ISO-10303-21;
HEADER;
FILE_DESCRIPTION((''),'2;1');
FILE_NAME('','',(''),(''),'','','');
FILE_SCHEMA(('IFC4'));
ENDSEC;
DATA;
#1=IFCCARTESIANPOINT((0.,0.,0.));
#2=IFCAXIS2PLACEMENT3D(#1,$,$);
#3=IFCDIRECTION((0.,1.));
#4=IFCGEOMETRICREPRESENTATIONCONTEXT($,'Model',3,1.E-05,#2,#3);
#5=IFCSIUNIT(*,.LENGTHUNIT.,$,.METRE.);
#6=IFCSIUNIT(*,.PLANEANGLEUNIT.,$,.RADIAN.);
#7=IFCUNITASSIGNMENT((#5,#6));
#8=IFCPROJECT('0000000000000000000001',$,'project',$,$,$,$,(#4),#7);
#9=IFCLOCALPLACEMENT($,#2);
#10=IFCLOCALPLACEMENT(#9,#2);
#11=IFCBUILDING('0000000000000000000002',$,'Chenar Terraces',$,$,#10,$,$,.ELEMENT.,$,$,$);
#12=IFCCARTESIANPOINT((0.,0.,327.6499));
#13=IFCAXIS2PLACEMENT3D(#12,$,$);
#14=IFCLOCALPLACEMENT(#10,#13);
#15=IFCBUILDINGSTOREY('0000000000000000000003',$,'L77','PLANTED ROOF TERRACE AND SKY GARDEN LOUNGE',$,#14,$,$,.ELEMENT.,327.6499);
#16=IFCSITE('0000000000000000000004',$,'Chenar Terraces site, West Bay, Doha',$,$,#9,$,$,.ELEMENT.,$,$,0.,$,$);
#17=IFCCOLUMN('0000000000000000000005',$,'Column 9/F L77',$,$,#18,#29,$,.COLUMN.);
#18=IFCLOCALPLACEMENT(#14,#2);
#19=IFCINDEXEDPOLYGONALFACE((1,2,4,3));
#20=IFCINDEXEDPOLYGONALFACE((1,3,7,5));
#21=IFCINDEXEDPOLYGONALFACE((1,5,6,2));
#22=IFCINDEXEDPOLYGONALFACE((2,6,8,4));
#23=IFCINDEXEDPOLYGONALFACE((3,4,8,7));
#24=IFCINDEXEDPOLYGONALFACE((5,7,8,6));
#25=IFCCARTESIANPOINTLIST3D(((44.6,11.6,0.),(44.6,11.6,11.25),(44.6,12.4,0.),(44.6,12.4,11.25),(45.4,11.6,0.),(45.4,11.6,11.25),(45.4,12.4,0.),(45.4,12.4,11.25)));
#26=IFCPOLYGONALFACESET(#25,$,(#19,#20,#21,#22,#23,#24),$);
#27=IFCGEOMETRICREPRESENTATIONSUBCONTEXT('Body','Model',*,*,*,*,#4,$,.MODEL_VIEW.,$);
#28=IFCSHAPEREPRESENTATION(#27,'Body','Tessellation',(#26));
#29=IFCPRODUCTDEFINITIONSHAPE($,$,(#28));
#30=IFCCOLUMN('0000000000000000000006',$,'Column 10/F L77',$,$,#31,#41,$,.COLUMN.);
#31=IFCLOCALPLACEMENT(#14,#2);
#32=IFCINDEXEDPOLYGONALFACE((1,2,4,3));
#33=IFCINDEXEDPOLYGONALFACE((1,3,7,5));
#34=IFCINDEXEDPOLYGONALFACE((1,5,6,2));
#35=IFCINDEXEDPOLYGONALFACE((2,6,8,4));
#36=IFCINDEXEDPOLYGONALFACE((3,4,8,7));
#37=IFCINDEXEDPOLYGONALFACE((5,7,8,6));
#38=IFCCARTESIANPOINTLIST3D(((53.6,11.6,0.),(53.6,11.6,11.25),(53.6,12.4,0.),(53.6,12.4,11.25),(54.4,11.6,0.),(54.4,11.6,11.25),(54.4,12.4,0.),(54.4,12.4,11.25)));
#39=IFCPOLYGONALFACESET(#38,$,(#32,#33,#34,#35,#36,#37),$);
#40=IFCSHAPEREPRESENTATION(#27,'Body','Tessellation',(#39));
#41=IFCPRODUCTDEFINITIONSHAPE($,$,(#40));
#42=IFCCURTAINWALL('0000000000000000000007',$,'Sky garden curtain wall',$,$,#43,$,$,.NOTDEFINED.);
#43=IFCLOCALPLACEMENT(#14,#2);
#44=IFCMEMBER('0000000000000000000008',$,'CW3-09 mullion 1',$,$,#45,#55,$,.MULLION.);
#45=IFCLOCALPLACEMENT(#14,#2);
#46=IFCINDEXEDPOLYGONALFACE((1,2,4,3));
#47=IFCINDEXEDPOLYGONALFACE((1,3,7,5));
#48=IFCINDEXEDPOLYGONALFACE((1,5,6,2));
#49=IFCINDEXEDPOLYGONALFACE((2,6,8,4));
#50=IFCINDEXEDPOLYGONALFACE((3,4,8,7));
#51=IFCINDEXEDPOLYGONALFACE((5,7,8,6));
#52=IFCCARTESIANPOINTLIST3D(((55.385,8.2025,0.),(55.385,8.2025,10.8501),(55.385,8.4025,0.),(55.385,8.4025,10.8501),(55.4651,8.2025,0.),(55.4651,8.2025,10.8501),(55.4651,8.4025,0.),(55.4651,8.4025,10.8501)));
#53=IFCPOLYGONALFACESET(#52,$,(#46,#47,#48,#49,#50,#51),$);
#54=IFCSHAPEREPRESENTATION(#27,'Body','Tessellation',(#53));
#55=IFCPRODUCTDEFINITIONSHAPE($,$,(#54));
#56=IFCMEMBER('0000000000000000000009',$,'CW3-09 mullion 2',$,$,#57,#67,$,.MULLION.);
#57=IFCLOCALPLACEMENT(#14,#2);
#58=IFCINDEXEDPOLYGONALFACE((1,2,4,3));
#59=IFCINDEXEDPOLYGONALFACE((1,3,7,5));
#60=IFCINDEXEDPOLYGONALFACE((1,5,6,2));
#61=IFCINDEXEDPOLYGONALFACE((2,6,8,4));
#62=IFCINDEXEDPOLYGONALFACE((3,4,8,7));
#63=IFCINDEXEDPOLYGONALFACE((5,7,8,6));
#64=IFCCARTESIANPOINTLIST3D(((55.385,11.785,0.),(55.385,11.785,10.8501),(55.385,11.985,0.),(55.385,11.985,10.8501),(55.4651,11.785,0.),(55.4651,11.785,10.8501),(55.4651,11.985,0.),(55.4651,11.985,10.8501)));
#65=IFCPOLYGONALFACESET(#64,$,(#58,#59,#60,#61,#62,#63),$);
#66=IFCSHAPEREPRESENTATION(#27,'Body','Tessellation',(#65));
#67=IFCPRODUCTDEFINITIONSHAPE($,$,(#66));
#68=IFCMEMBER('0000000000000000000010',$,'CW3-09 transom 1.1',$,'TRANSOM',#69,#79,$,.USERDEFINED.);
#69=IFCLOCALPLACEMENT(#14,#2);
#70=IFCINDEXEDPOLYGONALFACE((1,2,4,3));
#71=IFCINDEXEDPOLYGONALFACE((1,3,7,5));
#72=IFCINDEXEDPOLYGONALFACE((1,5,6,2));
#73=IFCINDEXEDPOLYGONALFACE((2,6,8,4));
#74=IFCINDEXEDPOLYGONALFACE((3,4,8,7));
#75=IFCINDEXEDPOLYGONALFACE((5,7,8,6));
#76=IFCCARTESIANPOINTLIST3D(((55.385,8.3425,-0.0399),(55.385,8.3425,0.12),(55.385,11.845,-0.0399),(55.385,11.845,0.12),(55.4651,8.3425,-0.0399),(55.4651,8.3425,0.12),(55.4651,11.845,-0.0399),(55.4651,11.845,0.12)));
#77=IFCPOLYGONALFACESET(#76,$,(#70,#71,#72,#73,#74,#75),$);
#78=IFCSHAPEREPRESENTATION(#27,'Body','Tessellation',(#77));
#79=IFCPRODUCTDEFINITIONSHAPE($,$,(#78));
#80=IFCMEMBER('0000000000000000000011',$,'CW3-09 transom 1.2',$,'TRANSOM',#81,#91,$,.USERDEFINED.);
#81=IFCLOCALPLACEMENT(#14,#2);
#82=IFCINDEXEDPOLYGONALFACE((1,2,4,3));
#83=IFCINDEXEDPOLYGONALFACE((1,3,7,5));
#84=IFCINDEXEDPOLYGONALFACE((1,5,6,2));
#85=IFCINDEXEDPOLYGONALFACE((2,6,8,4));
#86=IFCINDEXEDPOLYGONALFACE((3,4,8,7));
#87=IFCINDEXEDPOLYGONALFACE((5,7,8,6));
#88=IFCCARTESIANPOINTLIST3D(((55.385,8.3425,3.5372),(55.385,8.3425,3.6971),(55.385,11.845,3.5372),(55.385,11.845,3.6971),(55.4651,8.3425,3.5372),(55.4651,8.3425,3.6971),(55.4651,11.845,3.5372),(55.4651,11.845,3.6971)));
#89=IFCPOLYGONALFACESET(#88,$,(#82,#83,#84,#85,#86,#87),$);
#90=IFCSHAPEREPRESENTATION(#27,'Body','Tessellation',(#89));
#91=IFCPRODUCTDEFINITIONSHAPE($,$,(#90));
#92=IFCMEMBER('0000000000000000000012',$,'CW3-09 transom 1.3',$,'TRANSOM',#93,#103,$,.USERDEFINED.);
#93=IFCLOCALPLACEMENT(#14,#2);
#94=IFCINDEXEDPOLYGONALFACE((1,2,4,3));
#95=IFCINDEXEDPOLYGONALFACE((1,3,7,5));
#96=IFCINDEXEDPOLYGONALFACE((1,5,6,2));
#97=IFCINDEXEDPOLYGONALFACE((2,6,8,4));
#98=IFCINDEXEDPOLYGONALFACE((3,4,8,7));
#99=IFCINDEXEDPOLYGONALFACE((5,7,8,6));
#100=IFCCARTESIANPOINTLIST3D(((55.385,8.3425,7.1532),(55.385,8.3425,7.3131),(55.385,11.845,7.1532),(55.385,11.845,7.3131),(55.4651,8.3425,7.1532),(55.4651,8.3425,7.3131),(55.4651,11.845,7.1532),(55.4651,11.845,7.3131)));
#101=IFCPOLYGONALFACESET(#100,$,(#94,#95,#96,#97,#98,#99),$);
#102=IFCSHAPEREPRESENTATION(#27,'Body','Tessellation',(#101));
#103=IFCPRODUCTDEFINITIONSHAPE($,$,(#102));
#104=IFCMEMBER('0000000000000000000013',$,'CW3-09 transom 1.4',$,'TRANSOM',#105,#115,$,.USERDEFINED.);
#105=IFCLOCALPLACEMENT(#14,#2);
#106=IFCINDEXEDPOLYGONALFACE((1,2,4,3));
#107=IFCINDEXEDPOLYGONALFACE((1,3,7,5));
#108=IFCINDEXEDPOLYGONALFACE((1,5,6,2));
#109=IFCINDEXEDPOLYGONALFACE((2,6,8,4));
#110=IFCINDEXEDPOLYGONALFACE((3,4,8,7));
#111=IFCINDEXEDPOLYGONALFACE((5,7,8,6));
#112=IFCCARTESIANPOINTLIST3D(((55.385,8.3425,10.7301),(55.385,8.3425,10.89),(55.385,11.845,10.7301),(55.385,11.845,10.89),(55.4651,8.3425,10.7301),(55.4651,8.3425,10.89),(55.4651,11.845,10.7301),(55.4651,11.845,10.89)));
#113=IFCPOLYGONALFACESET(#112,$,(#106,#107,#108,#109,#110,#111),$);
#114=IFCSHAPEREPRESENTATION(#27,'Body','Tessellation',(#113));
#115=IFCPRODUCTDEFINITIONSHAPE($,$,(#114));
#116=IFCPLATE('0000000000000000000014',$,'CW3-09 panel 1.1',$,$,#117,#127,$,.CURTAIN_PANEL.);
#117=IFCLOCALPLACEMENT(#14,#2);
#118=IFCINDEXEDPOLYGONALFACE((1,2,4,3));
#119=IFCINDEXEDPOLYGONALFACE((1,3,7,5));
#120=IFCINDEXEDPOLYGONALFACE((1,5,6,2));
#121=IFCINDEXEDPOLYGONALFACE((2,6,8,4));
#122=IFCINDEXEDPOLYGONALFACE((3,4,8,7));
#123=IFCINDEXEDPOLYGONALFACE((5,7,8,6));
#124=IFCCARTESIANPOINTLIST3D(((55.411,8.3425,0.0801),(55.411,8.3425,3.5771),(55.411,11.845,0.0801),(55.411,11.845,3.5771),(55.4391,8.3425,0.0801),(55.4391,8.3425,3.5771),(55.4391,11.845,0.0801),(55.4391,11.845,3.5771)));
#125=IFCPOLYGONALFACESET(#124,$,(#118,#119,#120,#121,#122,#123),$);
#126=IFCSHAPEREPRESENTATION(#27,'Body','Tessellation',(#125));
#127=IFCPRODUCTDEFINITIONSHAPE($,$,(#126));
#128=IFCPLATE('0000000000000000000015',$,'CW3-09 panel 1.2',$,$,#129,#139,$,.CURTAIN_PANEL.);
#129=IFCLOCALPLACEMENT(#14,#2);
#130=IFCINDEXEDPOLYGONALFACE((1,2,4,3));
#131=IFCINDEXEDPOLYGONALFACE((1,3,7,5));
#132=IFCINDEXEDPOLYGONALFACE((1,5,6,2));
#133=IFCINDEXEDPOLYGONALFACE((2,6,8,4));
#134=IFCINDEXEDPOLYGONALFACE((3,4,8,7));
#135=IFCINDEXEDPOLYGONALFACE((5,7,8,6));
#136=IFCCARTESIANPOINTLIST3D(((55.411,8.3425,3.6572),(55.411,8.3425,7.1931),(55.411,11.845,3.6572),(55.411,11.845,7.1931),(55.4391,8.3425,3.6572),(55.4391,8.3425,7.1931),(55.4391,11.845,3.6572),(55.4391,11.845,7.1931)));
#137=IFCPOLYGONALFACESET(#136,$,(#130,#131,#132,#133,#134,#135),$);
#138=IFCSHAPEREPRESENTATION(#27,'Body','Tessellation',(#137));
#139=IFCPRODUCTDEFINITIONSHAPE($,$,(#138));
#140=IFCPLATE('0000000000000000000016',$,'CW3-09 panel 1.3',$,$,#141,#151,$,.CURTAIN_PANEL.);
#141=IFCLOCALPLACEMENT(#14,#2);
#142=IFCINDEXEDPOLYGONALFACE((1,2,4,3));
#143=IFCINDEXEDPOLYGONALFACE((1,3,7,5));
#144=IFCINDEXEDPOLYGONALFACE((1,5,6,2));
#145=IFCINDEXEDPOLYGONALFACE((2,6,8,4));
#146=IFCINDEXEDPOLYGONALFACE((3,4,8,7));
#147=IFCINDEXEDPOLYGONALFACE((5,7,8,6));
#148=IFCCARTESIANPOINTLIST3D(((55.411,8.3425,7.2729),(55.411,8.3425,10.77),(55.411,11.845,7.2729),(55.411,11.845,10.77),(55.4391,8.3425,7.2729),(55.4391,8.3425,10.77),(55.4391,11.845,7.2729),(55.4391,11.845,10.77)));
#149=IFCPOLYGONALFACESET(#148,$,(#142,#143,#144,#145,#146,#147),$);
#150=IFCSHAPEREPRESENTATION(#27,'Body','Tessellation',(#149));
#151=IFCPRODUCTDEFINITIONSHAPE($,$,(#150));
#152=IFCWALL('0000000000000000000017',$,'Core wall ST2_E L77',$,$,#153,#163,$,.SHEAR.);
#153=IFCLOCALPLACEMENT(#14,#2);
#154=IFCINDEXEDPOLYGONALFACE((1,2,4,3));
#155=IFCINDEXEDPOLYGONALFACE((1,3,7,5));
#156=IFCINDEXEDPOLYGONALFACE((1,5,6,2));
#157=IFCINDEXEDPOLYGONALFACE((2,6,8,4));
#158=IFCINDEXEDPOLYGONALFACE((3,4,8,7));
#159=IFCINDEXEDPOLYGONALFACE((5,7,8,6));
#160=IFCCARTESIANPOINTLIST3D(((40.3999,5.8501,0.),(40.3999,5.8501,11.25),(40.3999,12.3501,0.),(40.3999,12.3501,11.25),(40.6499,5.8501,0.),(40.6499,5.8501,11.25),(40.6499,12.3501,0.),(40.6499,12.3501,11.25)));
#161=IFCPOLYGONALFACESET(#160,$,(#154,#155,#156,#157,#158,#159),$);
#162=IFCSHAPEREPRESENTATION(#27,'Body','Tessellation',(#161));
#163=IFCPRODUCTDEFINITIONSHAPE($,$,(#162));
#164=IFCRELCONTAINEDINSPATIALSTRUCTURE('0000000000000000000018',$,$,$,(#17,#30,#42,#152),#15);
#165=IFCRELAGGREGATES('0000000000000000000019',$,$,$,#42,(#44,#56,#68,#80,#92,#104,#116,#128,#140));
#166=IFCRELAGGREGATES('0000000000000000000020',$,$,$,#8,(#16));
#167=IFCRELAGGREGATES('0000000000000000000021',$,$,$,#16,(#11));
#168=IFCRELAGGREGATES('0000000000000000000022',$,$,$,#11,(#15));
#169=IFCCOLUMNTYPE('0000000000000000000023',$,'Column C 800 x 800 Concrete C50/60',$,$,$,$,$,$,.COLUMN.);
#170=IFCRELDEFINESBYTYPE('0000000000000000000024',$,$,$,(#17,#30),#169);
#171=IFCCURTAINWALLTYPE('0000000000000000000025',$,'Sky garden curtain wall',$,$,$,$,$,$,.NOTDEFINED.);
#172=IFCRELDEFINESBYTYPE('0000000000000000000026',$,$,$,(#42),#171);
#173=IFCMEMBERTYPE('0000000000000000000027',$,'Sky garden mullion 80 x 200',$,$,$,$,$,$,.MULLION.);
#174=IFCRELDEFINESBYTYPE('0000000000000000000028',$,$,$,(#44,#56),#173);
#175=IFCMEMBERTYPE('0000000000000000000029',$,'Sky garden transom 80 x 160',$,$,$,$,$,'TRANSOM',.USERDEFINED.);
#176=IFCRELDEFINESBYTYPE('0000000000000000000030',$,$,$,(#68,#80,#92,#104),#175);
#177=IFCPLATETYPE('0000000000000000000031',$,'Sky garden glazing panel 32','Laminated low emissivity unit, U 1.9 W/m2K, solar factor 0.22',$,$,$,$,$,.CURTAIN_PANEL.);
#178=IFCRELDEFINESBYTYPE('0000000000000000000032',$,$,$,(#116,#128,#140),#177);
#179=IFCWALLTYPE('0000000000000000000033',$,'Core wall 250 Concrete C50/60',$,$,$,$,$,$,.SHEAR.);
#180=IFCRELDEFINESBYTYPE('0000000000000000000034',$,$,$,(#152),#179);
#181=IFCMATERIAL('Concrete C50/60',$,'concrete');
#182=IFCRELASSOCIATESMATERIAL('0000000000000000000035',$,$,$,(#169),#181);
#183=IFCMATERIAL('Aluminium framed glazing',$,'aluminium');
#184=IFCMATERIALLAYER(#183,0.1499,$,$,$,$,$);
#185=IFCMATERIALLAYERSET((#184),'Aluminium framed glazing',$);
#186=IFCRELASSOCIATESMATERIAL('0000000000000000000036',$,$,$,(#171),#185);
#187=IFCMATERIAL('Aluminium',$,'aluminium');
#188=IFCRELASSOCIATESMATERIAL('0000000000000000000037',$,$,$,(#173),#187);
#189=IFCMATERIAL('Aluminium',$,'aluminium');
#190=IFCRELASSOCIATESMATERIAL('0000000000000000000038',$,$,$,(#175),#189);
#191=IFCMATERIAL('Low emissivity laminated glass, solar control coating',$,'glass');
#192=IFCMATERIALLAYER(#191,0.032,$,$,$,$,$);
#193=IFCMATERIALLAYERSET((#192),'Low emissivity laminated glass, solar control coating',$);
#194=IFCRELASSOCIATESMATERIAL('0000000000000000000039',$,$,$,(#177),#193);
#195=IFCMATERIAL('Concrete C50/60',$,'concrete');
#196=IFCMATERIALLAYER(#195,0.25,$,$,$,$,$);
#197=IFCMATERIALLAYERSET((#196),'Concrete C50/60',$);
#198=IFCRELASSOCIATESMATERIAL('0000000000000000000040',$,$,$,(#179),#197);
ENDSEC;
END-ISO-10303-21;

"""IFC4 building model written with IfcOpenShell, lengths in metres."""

from ifc_helpers import new_model, si_unit, direction, frame, frame_2d, origin, origin_2d, place, context, subcontext, project, spatial, rectangle, extrude, material, layer, layer_set, material_profile, profile_set, type_object, element, aggregate, save


model = new_model("IFC4")

# Units and contexts
model_context = context("Model", 3, precision=1e-05, world=origin(), true_north=direction((0.0, 1.0)))
body_context = subcontext(model_context, "Body", "Model", "MODEL_VIEW")
ifc_project = project(units=[si_unit("LENGTHUNIT", "METRE"), si_unit("PLANEANGLEUNIT", "RADIAN")], contexts=[model_context])

# Site, building, storey
site_placement = place(None, origin())
site = spatial("IfcSite", under=ifc_project, at=site_placement, Name="Chenar Terraces site, West Bay, Doha", CompositionType="ELEMENT", RefElevation=0.0)
building_placement = place(site_placement, origin())
building = spatial("IfcBuilding", under=site, at=building_placement, Name="Chenar Terraces", CompositionType="ELEMENT")
storey_placement = place(building_placement, frame((0.0, 0.0, 327.6499)))
storey = spatial("IfcBuildingStorey", under=building, at=storey_placement, Name="L77", Description="PLANTED ROOF TERRACE AND SKY GARDEN LOUNGE", CompositionType="ELEMENT", Elevation=327.6499)

# Columns
ifc_material_1 = material(Name="Concrete C50/60", Category="concrete")
ifc_material_profile_1 = material_profile(ifc_material_1, rectangle(XDim=0.8, YDim=0.8, at=origin_2d()), Name="C 800 x 800")
ifc_profile_set_1 = profile_set([ifc_material_profile_1], Name="Concrete C50/60")
column_type = type_object("IfcColumnType", Name="Column C 800 x 800 Concrete C50/60", PredefinedType="COLUMN", material=ifc_profile_set_1)
for number, where, z_axis, x_axis, name in (
    (1, (45.0, 12.0, 0.0), (0.0, 0.0, 1.0), (1.0, 0.0, 0.0), "Column 9/F L77"),
    (2, (54.0, 12.0, 0.0), (0.0, 0.0, 1.0), (1.0, 0.0, 0.0), "Column 10/F L77"),
):
    element("IfcColumn", number, at=place(storey_placement, frame(where, z_axis=z_axis, x_axis=x_axis)), inside=storey, type_object=column_type, Name=name, PredefinedType="COLUMN", context=body_context, shape_type="SweptSolid", body=[
        extrude(rectangle(XDim=0.8, YDim=0.8, at=origin_2d()), origin(), (0.0, 0.0, 1.0), 11.25),
    ])

# Curtain wall, members, plates
ifc_material_2 = material(Name="Aluminium framed glazing", Category="aluminium")
ifc_layer_1 = layer(ifc_material_2, 0.1499)
ifc_layer_set_1 = layer_set([ifc_layer_1], Name="Aluminium framed glazing")
curtain_wall_type = type_object("IfcCurtainWallType", Name="Sky garden curtain wall", PredefinedType="NOTDEFINED", material=ifc_layer_set_1)
placement = place(storey_placement, origin())
curtain_wall = element("IfcCurtainWall", 3, at=placement, inside=storey, type_object=curtain_wall_type, Name="Sky garden curtain wall", PredefinedType="NOTDEFINED")
ifc_material_3 = material(Name="Aluminium", Category="aluminium")
ifc_material_profile_2 = material_profile(ifc_material_3, rectangle(XDim=0.0801, YDim=0.2, at=origin_2d()), Name="Sky garden mullion 80 x 200")
ifc_profile_set_2 = profile_set([ifc_material_profile_2], Name="Aluminium")
member_type_1 = type_object("IfcMemberType", Name="Sky garden mullion 80 x 200", PredefinedType="MULLION", material=ifc_profile_set_2)
member_1_placement = place(storey_placement, frame((55.425, 8.3025, 0.0), z_axis=(0.0, 0.0, 1.0), x_axis=(-1.0, 0.0, 0.0)))
member_1 = element("IfcMember", 4, at=member_1_placement, type_object=member_type_1, Name="CW3-09 mullion 1", PredefinedType="MULLION", context=body_context, shape_type="SweptSolid", body=[
    extrude(rectangle(XDim=0.0801, YDim=0.2, at=origin_2d()), origin(), (0.0, 0.0, 1.0), 10.8501),
])
member_2_placement = place(storey_placement, frame((55.425, 11.885, 0.0), z_axis=(0.0, 0.0, 1.0), x_axis=(-1.0, 0.0, 0.0)))
member_2 = element("IfcMember", 5, at=member_2_placement, type_object=member_type_1, Name="CW3-09 mullion 2", PredefinedType="MULLION", context=body_context, shape_type="SweptSolid", body=[
    extrude(rectangle(XDim=0.0801, YDim=0.2, at=origin_2d()), origin(), (0.0, 0.0, 1.0), 10.8501),
])
ifc_material_4 = material(Name="Aluminium", Category="aluminium")
ifc_material_profile_3 = material_profile(ifc_material_4, rectangle(XDim=0.0801, YDim=0.1599, at=origin_2d()), Name="Sky garden transom 80 x 160")
ifc_profile_set_3 = profile_set([ifc_material_profile_3], Name="Aluminium")
member_type_2 = type_object("IfcMemberType", Name="Sky garden transom 80 x 160", ElementType="TRANSOM", PredefinedType="USERDEFINED", material=ifc_profile_set_3)
member_3_placement = place(storey_placement, frame((55.425, 8.3425, 0.04), z_axis=(0.0, 1.0, 0.0), x_axis=(-1.0, 0.0, 0.0)))
member_3 = element("IfcMember", 6, at=member_3_placement, type_object=member_type_2, Name="CW3-09 transom 1.1", ObjectType="TRANSOM", PredefinedType="USERDEFINED", context=body_context, shape_type="SweptSolid", body=[
    extrude(rectangle(XDim=0.0801, YDim=0.1599, at=origin_2d()), origin(), (0.0, 0.0, 1.0), 3.5024),
])
member_4_placement = place(storey_placement, frame((55.425, 8.3425, 3.6172), z_axis=(0.0, 1.0, 0.0), x_axis=(-1.0, 0.0, 0.0)))
member_4 = element("IfcMember", 7, at=member_4_placement, type_object=member_type_2, Name="CW3-09 transom 1.2", ObjectType="TRANSOM", PredefinedType="USERDEFINED", context=body_context, shape_type="SweptSolid", body=[
    extrude(rectangle(XDim=0.0801, YDim=0.1599, at=origin_2d()), origin(), (0.0, 0.0, 1.0), 3.5024),
])
member_5_placement = place(storey_placement, frame((55.425, 8.3425, 7.2332), z_axis=(0.0, 1.0, 0.0), x_axis=(-1.0, 0.0, 0.0)))
member_5 = element("IfcMember", 8, at=member_5_placement, type_object=member_type_2, Name="CW3-09 transom 1.3", ObjectType="TRANSOM", PredefinedType="USERDEFINED", context=body_context, shape_type="SweptSolid", body=[
    extrude(rectangle(XDim=0.0801, YDim=0.1599, at=origin_2d()), origin(), (0.0, 0.0, 1.0), 3.5024),
])
member_6_placement = place(storey_placement, frame((55.425, 8.3425, 10.8101), z_axis=(0.0, 1.0, 0.0), x_axis=(-1.0, 0.0, 0.0)))
member_6 = element("IfcMember", 9, at=member_6_placement, type_object=member_type_2, Name="CW3-09 transom 1.4", ObjectType="TRANSOM", PredefinedType="USERDEFINED", context=body_context, shape_type="SweptSolid", body=[
    extrude(rectangle(XDim=0.0801, YDim=0.1599, at=origin_2d()), origin(), (0.0, 0.0, 1.0), 3.5024),
])
ifc_material_5 = material(Name="Low emissivity laminated glass, solar control coating", Category="glass")
ifc_layer_2 = layer(ifc_material_5, 0.032)
ifc_layer_set_2 = layer_set([ifc_layer_2], Name="Low emissivity laminated glass, solar control coating")
plate_type = type_object("IfcPlateType", Name="Sky garden glazing panel 32", Description="Laminated low emissivity unit, U 1.9 W/m2K, solar factor 0.22", PredefinedType="CURTAIN_PANEL", material=ifc_layer_set_2)
plate_1_placement = place(storey_placement, frame((55.425, 10.0938, 0.0801), z_axis=(0.0, 0.0, 1.0), x_axis=(0.0, 1.0, 0.0)))
plate_1 = element("IfcPlate", 10, at=plate_1_placement, type_object=plate_type, Name="CW3-09 panel 1.1", PredefinedType="CURTAIN_PANEL", context=body_context, shape_type="SweptSolid", body=[
    extrude(rectangle(XDim=3.5024, YDim=0.0281, at=origin_2d()), origin(), (0.0, 0.0, 1.0), 3.4971),
])
plate_2_placement = place(storey_placement, frame((55.425, 10.0938, 3.6572), z_axis=(0.0, 0.0, 1.0), x_axis=(0.0, 1.0, 0.0)))
plate_2 = element("IfcPlate", 11, at=plate_2_placement, type_object=plate_type, Name="CW3-09 panel 1.2", PredefinedType="CURTAIN_PANEL", context=body_context, shape_type="SweptSolid", body=[
    extrude(rectangle(XDim=3.5024, YDim=0.0281, at=origin_2d()), origin(), (0.0, 0.0, 1.0), 3.5359),
])
plate_3_placement = place(storey_placement, frame((55.425, 10.0938, 7.2729), z_axis=(0.0, 0.0, 1.0), x_axis=(0.0, 1.0, 0.0)))
plate_3 = element("IfcPlate", 12, at=plate_3_placement, type_object=plate_type, Name="CW3-09 panel 1.3", PredefinedType="CURTAIN_PANEL", context=body_context, shape_type="SweptSolid", body=[
    extrude(rectangle(XDim=3.5024, YDim=0.0281, at=origin_2d()), origin(), (0.0, 0.0, 1.0), 3.4971),
])
aggregate(curtain_wall, [member_1, member_2, member_3, member_4, member_5, member_6, plate_1, plate_2, plate_3])

# Wall
ifc_material_6 = material(Name="Concrete C50/60", Category="concrete")
ifc_layer_3 = layer(ifc_material_6, 0.25)
ifc_layer_set_3 = layer_set([ifc_layer_3], Name="Concrete C50/60")
wall_type_1 = type_object("IfcWallType", Name="Core wall 250 Concrete C50/60", PredefinedType="SHEAR", material=ifc_layer_set_3)
wall_1_placement = place(storey_placement, frame((40.5249, 5.8501, 0.0), z_axis=(0.0, 0.0, 1.0), x_axis=(0.0, 1.0, 0.0)))
element("IfcWall", 13, at=wall_1_placement, inside=storey, type_object=wall_type_1, Name="Core wall ST2_E L77", PredefinedType="SHEAR", context=body_context, shape_type="SweptSolid", body=[
    extrude(rectangle(XDim=6.5, YDim=0.25, at=frame_2d((3.25, 0.0))), origin(), (0.0, 0.0, 1.0), 11.25),
])

save(model, "model.ifc")
